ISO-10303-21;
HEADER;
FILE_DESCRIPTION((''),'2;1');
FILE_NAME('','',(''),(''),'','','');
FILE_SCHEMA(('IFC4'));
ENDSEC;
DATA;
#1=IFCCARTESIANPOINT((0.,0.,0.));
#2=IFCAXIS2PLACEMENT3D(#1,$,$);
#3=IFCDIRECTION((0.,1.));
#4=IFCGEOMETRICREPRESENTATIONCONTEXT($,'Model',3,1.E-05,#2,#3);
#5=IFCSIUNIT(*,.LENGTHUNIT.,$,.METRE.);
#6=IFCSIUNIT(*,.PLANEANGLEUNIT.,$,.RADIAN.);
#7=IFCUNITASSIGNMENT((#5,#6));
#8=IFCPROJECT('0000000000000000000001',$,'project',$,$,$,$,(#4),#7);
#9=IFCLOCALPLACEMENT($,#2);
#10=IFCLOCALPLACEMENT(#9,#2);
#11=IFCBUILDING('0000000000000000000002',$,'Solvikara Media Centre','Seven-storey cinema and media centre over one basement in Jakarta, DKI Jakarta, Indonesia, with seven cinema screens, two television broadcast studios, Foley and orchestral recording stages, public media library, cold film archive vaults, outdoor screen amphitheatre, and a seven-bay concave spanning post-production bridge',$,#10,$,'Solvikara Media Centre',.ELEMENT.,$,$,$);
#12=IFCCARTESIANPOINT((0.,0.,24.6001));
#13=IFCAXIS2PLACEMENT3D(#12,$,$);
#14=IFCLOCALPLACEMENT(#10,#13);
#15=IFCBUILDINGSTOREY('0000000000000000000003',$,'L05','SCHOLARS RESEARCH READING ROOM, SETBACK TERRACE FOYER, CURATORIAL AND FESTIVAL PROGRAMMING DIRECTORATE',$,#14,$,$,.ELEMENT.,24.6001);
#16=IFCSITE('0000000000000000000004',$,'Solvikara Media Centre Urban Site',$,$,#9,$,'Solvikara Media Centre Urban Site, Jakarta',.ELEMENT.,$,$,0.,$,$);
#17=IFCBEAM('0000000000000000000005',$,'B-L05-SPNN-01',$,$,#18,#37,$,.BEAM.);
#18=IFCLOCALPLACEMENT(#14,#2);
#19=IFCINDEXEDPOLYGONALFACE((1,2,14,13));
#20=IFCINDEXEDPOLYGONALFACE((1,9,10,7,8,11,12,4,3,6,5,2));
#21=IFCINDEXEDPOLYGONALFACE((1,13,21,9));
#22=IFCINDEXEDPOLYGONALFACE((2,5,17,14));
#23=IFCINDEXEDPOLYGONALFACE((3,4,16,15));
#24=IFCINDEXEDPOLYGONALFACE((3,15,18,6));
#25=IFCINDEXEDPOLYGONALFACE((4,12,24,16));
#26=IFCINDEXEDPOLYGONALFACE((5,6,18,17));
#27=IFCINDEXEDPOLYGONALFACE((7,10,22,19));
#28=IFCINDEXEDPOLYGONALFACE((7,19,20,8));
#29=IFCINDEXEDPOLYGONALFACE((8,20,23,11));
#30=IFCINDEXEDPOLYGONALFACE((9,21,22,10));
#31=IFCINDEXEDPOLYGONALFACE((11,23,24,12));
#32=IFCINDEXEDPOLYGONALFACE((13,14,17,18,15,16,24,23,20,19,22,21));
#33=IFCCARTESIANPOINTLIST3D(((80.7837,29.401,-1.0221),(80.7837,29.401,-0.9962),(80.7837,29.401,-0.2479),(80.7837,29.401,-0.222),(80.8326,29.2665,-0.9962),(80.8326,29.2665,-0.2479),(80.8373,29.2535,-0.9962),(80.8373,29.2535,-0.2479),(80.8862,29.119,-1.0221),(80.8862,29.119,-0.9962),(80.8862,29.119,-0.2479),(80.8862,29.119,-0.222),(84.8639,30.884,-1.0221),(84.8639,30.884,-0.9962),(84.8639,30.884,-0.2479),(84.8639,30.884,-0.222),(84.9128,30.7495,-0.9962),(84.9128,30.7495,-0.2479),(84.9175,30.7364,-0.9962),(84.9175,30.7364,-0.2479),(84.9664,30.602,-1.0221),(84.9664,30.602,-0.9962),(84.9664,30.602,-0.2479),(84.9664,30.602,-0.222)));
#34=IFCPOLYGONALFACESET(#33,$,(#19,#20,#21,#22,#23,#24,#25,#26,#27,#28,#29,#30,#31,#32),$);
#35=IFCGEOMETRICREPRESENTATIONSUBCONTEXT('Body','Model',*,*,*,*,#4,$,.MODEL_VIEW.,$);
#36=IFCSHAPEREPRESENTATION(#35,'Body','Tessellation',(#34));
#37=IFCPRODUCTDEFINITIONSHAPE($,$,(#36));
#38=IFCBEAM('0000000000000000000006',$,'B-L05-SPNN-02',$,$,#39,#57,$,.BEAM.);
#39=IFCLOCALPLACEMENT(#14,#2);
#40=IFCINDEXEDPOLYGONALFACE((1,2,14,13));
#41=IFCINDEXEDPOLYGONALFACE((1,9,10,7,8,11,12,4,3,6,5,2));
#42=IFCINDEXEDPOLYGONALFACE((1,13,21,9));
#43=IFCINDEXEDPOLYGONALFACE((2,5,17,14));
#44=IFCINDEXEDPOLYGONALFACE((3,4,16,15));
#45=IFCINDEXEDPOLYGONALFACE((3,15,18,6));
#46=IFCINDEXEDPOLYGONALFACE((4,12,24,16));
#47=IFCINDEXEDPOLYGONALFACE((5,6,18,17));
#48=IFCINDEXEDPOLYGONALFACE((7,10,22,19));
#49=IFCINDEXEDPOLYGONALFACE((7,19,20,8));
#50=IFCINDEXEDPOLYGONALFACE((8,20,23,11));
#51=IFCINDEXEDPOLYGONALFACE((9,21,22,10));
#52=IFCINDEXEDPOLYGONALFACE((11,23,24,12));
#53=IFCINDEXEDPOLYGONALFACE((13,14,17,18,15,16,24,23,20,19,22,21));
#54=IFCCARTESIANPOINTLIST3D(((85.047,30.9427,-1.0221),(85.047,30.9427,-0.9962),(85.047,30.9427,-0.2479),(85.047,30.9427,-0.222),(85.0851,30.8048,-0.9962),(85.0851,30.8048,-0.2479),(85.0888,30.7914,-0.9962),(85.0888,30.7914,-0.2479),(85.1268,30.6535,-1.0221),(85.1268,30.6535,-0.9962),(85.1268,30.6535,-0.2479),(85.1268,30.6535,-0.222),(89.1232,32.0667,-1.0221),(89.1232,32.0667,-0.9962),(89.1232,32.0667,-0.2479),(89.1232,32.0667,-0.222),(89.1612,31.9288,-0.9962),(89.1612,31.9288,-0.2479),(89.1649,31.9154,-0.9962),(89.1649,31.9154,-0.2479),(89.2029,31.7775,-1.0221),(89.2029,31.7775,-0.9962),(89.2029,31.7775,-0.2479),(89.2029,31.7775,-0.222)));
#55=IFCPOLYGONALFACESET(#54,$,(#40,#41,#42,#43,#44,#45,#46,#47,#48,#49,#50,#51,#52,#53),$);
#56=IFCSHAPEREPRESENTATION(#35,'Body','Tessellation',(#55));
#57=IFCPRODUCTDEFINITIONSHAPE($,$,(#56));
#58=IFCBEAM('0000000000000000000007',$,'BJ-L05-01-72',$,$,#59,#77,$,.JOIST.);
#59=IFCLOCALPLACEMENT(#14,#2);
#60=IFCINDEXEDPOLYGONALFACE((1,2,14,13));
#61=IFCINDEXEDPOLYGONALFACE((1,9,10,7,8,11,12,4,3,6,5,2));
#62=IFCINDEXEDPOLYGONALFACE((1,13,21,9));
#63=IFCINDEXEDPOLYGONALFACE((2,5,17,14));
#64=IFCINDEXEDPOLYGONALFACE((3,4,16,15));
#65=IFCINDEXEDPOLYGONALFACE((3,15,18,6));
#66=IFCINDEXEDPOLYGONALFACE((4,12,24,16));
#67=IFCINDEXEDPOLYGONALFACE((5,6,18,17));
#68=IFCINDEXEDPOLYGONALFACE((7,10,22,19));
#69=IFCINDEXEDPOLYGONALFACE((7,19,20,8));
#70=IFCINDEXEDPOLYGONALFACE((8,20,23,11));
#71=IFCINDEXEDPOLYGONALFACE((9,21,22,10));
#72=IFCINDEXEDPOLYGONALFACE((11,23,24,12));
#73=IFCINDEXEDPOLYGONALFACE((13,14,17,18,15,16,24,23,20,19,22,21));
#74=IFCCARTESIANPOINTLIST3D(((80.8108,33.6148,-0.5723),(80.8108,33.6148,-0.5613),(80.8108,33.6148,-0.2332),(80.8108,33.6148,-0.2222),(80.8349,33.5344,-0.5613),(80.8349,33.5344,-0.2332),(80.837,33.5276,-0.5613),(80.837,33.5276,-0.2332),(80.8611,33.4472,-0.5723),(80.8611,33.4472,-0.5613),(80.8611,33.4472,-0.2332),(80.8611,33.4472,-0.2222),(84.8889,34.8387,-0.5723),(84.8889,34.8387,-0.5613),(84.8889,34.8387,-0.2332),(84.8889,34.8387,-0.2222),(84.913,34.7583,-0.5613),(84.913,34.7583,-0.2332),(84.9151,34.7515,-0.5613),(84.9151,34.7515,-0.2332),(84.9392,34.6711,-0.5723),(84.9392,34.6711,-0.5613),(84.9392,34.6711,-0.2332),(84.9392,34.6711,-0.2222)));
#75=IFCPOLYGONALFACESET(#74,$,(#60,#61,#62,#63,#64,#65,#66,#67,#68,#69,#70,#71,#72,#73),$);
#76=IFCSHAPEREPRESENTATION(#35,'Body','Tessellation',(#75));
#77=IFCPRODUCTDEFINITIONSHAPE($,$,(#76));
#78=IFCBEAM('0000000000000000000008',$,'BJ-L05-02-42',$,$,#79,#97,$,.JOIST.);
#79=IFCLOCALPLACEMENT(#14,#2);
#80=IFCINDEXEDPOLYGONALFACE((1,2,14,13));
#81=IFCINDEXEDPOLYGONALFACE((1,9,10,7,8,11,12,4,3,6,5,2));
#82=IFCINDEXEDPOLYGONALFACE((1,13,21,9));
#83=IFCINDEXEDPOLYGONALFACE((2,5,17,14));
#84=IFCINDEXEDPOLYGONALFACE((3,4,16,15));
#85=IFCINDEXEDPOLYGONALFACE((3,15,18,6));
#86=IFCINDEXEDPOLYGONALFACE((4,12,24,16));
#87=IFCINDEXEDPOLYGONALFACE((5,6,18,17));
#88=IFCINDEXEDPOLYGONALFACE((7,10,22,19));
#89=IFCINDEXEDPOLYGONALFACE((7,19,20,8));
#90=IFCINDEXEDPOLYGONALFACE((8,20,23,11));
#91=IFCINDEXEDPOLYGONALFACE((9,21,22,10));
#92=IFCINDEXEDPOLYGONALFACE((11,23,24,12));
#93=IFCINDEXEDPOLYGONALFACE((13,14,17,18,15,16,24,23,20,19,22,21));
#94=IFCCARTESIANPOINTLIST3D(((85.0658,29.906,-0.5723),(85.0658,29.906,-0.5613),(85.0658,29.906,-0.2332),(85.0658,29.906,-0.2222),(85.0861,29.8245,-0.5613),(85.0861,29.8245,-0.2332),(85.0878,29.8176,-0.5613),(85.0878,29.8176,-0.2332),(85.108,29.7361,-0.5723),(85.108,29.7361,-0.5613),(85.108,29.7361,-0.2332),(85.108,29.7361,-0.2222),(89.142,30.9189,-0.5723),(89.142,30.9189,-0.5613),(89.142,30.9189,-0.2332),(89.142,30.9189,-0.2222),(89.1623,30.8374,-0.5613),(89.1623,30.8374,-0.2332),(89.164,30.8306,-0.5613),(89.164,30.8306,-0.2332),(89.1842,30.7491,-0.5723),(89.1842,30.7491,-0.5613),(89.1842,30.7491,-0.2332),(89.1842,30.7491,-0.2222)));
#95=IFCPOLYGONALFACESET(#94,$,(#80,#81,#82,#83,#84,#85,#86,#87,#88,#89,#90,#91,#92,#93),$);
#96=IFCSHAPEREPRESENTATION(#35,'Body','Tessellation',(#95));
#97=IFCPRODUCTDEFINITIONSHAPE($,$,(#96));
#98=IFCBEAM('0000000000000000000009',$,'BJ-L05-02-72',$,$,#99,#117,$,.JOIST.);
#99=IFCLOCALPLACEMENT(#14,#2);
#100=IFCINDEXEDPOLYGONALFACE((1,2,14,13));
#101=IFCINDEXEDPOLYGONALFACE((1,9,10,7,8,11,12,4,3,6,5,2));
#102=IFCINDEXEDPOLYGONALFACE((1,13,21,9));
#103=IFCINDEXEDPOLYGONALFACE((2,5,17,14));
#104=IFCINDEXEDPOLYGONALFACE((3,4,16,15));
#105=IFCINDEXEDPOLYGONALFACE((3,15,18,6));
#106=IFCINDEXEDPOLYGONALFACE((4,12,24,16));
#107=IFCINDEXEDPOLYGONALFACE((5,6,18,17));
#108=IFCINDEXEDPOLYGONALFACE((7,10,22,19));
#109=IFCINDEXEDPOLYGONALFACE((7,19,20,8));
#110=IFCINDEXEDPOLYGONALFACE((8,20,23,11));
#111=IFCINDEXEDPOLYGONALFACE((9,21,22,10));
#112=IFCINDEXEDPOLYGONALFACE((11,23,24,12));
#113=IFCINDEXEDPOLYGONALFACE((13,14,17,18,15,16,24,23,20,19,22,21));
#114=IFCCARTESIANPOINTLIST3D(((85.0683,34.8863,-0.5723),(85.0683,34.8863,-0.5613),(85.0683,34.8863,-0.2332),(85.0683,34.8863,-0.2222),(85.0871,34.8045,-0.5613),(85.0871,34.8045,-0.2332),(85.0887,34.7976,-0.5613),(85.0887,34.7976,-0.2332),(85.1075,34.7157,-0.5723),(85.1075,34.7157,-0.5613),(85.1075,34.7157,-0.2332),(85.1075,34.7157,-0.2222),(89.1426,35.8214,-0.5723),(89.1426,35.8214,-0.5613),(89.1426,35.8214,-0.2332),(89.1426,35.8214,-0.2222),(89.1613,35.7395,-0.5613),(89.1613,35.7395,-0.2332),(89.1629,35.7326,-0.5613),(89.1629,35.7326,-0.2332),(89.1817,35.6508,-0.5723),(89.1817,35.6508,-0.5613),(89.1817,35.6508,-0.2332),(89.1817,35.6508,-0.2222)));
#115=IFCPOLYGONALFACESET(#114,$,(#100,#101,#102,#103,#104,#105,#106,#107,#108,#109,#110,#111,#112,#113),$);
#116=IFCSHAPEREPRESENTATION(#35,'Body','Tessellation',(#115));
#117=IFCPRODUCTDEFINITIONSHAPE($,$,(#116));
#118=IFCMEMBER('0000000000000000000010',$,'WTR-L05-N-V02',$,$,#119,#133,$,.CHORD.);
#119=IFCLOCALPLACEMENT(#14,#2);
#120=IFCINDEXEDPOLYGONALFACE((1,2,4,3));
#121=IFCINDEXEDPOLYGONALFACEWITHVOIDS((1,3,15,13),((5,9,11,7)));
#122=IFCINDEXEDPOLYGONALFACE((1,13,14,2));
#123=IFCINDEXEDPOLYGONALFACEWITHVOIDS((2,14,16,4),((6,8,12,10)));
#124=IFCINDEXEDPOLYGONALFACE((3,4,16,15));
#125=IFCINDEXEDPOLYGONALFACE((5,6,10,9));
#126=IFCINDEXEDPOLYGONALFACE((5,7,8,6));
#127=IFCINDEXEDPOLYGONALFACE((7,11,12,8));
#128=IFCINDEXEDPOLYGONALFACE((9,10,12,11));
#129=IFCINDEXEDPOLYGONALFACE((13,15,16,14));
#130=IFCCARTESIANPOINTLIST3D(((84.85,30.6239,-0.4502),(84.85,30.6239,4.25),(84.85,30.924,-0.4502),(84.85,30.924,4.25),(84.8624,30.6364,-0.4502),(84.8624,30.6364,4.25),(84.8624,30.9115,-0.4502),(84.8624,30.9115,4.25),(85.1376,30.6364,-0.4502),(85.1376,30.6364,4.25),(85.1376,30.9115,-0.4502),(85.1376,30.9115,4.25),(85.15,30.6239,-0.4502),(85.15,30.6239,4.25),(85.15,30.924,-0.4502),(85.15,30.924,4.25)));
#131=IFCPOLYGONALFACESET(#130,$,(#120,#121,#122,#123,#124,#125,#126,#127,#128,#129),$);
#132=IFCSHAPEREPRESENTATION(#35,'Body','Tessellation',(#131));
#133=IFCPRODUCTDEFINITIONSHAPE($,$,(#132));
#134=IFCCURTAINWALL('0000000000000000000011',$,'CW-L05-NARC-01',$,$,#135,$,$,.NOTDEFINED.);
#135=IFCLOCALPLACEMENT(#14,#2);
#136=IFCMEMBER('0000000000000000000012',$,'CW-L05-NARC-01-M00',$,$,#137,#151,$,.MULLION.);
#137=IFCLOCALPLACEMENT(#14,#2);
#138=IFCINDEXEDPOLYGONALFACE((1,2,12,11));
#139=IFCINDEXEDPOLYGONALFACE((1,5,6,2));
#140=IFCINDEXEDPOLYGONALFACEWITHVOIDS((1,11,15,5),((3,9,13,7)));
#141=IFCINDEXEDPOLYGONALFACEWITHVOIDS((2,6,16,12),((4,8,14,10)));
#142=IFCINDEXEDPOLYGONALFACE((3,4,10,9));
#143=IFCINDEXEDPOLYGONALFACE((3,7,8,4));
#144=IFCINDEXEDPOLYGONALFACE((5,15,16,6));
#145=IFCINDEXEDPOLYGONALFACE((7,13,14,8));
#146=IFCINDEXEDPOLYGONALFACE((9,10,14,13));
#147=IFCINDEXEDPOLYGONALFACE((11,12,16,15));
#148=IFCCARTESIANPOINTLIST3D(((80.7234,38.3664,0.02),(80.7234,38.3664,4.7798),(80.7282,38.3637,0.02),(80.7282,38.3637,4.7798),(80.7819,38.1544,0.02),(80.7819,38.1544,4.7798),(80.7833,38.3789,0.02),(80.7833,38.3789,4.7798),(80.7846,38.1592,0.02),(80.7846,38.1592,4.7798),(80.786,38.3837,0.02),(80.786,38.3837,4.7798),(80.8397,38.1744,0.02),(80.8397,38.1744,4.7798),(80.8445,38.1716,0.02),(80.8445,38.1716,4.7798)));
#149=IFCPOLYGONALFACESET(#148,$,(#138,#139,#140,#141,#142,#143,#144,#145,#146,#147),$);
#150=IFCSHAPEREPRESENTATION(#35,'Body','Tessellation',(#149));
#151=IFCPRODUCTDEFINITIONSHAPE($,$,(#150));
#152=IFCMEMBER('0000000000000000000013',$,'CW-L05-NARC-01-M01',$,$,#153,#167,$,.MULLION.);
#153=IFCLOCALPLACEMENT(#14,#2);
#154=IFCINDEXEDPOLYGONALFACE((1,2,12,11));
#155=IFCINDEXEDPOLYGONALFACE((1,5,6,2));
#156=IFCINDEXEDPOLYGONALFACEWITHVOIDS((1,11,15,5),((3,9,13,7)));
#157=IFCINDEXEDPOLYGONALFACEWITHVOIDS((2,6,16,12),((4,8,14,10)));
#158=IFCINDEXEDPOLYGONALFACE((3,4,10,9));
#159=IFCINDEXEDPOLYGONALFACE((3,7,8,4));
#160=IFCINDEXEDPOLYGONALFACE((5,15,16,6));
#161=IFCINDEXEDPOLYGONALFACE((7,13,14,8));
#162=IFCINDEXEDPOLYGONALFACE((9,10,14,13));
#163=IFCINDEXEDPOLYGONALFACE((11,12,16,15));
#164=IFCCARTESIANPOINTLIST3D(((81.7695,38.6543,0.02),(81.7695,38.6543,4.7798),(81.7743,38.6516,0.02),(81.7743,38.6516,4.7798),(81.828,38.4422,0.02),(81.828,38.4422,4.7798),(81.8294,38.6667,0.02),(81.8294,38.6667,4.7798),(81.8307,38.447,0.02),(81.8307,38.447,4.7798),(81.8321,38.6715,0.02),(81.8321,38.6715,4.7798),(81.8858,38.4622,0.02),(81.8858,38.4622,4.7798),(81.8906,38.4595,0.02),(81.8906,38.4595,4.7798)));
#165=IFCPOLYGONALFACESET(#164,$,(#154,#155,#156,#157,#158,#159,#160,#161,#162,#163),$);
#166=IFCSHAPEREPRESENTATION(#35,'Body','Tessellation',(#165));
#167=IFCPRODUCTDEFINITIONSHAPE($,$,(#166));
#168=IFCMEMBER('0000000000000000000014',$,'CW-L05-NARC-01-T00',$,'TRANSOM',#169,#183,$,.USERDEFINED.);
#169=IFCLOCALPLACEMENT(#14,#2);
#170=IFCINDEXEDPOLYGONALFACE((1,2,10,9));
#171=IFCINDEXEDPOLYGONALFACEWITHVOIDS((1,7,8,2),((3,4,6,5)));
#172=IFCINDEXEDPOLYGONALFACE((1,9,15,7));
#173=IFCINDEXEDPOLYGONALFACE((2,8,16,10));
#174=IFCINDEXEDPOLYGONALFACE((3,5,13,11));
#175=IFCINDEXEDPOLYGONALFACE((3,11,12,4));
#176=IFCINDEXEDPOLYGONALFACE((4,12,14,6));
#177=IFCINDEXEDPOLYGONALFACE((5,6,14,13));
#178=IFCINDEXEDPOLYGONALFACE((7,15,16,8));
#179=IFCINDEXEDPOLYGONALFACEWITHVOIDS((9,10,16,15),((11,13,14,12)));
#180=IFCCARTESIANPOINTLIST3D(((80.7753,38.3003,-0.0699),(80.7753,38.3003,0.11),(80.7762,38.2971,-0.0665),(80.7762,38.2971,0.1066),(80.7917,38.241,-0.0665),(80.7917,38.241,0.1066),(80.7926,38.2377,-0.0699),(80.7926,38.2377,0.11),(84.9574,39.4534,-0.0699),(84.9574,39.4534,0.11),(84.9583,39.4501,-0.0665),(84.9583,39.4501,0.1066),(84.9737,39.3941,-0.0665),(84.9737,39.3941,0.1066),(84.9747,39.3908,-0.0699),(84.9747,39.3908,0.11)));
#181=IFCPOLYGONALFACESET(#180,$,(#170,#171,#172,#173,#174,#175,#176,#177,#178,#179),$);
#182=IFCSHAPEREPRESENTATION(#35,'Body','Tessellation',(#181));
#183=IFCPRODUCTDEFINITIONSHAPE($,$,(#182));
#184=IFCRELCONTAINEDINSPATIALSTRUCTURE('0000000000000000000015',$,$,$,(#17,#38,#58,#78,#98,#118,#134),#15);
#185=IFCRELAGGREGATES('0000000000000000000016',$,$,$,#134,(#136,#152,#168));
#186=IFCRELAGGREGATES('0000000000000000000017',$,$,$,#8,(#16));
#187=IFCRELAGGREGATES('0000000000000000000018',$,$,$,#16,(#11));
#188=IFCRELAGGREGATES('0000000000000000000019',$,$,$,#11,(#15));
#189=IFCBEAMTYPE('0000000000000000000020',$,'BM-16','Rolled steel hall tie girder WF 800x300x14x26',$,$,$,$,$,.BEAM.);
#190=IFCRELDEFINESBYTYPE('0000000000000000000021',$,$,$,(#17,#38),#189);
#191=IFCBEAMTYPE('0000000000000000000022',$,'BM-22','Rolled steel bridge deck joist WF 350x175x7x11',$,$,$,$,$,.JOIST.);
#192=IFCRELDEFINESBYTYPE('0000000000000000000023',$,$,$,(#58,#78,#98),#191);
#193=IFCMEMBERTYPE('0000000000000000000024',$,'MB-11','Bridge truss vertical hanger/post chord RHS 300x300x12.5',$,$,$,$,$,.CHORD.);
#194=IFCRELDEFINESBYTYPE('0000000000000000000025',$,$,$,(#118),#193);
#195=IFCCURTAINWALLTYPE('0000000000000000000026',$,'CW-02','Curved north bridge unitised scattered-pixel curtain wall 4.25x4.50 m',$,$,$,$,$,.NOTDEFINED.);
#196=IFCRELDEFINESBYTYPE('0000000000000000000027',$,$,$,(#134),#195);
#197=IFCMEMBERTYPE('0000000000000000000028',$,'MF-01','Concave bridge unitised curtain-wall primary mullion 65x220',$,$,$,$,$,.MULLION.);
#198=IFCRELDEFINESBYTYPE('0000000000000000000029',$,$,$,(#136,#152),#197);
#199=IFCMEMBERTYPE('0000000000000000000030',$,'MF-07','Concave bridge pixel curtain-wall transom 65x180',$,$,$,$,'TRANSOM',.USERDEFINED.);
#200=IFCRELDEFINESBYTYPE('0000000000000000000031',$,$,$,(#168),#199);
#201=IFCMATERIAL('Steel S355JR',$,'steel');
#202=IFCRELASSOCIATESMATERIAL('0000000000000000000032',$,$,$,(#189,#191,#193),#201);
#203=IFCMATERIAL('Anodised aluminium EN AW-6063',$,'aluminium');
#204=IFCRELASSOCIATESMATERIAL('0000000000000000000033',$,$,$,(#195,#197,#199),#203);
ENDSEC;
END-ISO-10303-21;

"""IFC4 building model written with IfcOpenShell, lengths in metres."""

from ifc_helpers import new_model, si_unit, direction, frame, origin, origin_2d, place, context, subcontext, project, spatial, hollow_rectangle, i_section, extrude, material, material_profile, profile_set, type_object, element, aggregate, save


model = new_model("IFC4")

# Units and contexts
model_context = context("Model", 3, precision=1e-05, world=origin(), true_north=direction((0.0, 1.0)))
body_context = subcontext(model_context, "Body", "Model", "MODEL_VIEW")
ifc_project = project(units=[si_unit("LENGTHUNIT", "METRE"), si_unit("PLANEANGLEUNIT", "RADIAN")], contexts=[model_context])

# Site, building, storey
site_placement = place(None, origin())
site = spatial("IfcSite", under=ifc_project, at=site_placement, Name="Solvikara Media Centre Urban Site", LongName="Solvikara Media Centre Urban Site, Jakarta", CompositionType="ELEMENT", RefElevation=0.0)
building_placement = place(site_placement, origin())
building = spatial("IfcBuilding", under=site, at=building_placement, Name="Solvikara Media Centre", Description="Seven-storey cinema and media centre over one basement in Jakarta, DKI Jakarta, Indonesia, with seven cinema screens, two television broadcast studios, Foley and orchestral recording stages, public media library, cold film archive vaults, outdoor screen amphitheatre, and a seven-bay concave spanning post-production bridge", LongName="Solvikara Media Centre", CompositionType="ELEMENT")
storey_placement = place(building_placement, frame((0.0, 0.0, 24.6001)))
storey = spatial("IfcBuildingStorey", under=building, at=storey_placement, Name="L05", Description="SCHOLARS RESEARCH READING ROOM, SETBACK TERRACE FOYER, CURATORIAL AND FESTIVAL PROGRAMMING DIRECTORATE", CompositionType="ELEMENT", Elevation=24.6001)

# Beams
ifc_material_1 = material(Name="Steel S355JR", Category="steel")
ifc_material_profile_1 = material_profile(ifc_material_1, i_section(OverallWidth=0.3, OverallDepth=0.8, WebThickness=0.0139, FlangeThickness=0.0259, at=origin_2d()), Name="WF 800x300x14x26")
ifc_profile_set_1 = profile_set([ifc_material_profile_1], Name="Steel S355JR")
beam_type_1 = type_object("IfcBeamType", Name="BM-16", Description="Rolled steel hall tie girder WF 800x300x14x26", PredefinedType="BEAM", material=ifc_profile_set_1)
beam_1_placement = place(storey_placement, frame((80.835, 29.26, -0.6221), z_axis=(0.939849, 0.34159, 0.0), x_axis=(-0.34159, 0.939849, 0.0)))
element("IfcBeam", 1, at=beam_1_placement, inside=storey, type_object=beam_type_1, Name="B-L05-SPNN-01", PredefinedType="BEAM", context=body_context, shape_type="SweptSolid", body=[
    extrude(i_section(OverallWidth=0.3, OverallDepth=0.8, WebThickness=0.0139, FlangeThickness=0.0259, at=origin_2d()), origin(), (0.0, 0.0, 1.0), 4.3413),
])
beam_2_placement = place(storey_placement, frame((85.0869, 30.7981, -0.6221), z_axis=(0.964019, 0.265833, 0.0), x_axis=(-0.265833, 0.964019, 0.0)))
element("IfcBeam", 2, at=beam_2_placement, inside=storey, type_object=beam_type_1, Name="B-L05-SPNN-02", PredefinedType="BEAM", context=body_context, shape_type="SweptSolid", body=[
    extrude(i_section(OverallWidth=0.3, OverallDepth=0.8, WebThickness=0.0139, FlangeThickness=0.0259, at=origin_2d()), origin(), (0.0, 0.0, 1.0), 4.2283),
])
ifc_material_profile_2 = material_profile(ifc_material_1, i_section(OverallWidth=0.175, OverallDepth=0.3501, WebThickness=0.0071, FlangeThickness=0.011, at=origin_2d()), Name="WF 350x175x7x11")
ifc_profile_set_2 = profile_set([ifc_material_profile_2], Name="Steel S355JR")
beam_type_2 = type_object("IfcBeamType", Name="BM-22", Description="Rolled steel bridge deck joist WF 350x175x7x11", PredefinedType="JOIST", material=ifc_profile_set_2)
beam_3_placement = place(storey_placement, frame((80.8359, 33.531, -0.3972), z_axis=(0.957798, 0.287443, 0.0), x_axis=(-0.287443, 0.957798, 0.0)))
element("IfcBeam", 3, at=beam_3_placement, inside=storey, type_object=beam_type_2, Name="BJ-L05-01-72", PredefinedType="JOIST", context=body_context, shape_type="SweptSolid", body=[
    extrude(i_section(OverallWidth=0.175, OverallDepth=0.3501, WebThickness=0.0071, FlangeThickness=0.011, at=origin_2d()), origin(), (0.0, 0.0, 1.0), 4.2578),
])
beam_4_placement = place(storey_placement, frame((85.0869, 29.821, -0.3972), z_axis=(0.970483, 0.241168, 0.0), x_axis=(-0.241168, 0.970483, 0.0)))
element("IfcBeam", 4, at=beam_4_placement, inside=storey, type_object=beam_type_2, Name="BJ-L05-02-42", PredefinedType="JOIST", context=body_context, shape_type="SweptSolid", body=[
    extrude(i_section(OverallWidth=0.175, OverallDepth=0.3501, WebThickness=0.0071, FlangeThickness=0.011, at=origin_2d()), origin(), (0.0, 0.0, 1.0), 4.2002),
])
beam_5_placement = place(storey_placement, frame((85.0879, 34.801, -0.3972), z_axis=(0.97466, 0.223691, 0.0), x_axis=(-0.223691, 0.97466, 0.0)))
element("IfcBeam", 5, at=beam_5_placement, inside=storey, type_object=beam_type_2, Name="BJ-L05-02-72", PredefinedType="JOIST", context=body_context, shape_type="SweptSolid", body=[
    extrude(i_section(OverallWidth=0.175, OverallDepth=0.3501, WebThickness=0.0071, FlangeThickness=0.011, at=origin_2d()), origin(), (0.0, 0.0, 1.0), 4.1802),
])

# Member
ifc_material_profile_3 = material_profile(ifc_material_1, hollow_rectangle(XDim=0.3, YDim=0.3, WallThickness=0.0125, at=origin_2d()), Name="RHS 300x300x12.5")
ifc_profile_set_3 = profile_set([ifc_material_profile_3], Name="Steel S355JR")
member_type_1 = type_object("IfcMemberType", Name="MB-11", Description="Bridge truss vertical hanger/post chord RHS 300x300x12.5", PredefinedType="CHORD", material=ifc_profile_set_3)
member_1_placement = place(storey_placement, frame((85.0, 30.7739, -0.4502), z_axis=(0.0, 0.0, 1.0), x_axis=(1.0, 0.0, 0.0)))
element("IfcMember", 6, at=member_1_placement, inside=storey, type_object=member_type_1, Name="WTR-L05-N-V02", PredefinedType="CHORD", context=body_context, shape_type="SweptSolid", body=[
    extrude(hollow_rectangle(XDim=0.3, YDim=0.3, WallThickness=0.0125, at=origin_2d()), origin(), (0.0, 0.0, 1.0), 4.7002),
])

# Curtain wall, members
ifc_material_2 = material(Name="Anodised aluminium EN AW-6063", Category="aluminium")
curtain_wall_type = type_object("IfcCurtainWallType", Name="CW-02", Description="Curved north bridge unitised scattered-pixel curtain wall 4.25x4.50 m", PredefinedType="NOTDEFINED", material=ifc_material_2)
curtain_wall_placement = place(storey_placement, origin())
curtain_wall = element("IfcCurtainWall", 7, at=curtain_wall_placement, inside=storey, type_object=curtain_wall_type, Name="CW-L05-NARC-01", PredefinedType="NOTDEFINED")
ifc_material_profile_4 = material_profile(ifc_material_2, hollow_rectangle(XDim=0.0649, YDim=0.22, WallThickness=0.0039, at=origin_2d()), Name="ALU-M 65x220x4")
ifc_profile_set_4 = profile_set([ifc_material_profile_4], Name="Anodised aluminium EN AW-6063")
member_type_2 = type_object("IfcMemberType", Name="MF-01", Description="Concave bridge unitised curtain-wall primary mullion 65x220", PredefinedType="MULLION", material=ifc_profile_set_4)
member_2_placement = place(storey_placement, frame((80.7839, 38.269, 0.02), z_axis=(0.0, 0.0, 1.0), x_axis=(0.96403, 0.265792, 0.0)))
member_2 = element("IfcMember", 8, at=member_2_placement, type_object=member_type_2, Name="CW-L05-NARC-01-M00", PredefinedType="MULLION", context=body_context, shape_type="SweptSolid", body=[
    extrude(hollow_rectangle(XDim=0.0649, YDim=0.22, WallThickness=0.0039, at=origin_2d()), origin(), (0.0, 0.0, 1.0), 4.7598),
])
member_3_placement = place(storey_placement, frame((81.8301, 38.5569, 0.02), z_axis=(0.0, 0.0, 1.0), x_axis=(0.96403, 0.265792, 0.0)))
member_3 = element("IfcMember", 9, at=member_3_placement, type_object=member_type_2, Name="CW-L05-NARC-01-M01", PredefinedType="MULLION", context=body_context, shape_type="SweptSolid", body=[
    extrude(hollow_rectangle(XDim=0.0649, YDim=0.22, WallThickness=0.0039, at=origin_2d()), origin(), (0.0, 0.0, 1.0), 4.7598),
])
ifc_material_profile_5 = material_profile(ifc_material_2, hollow_rectangle(XDim=0.0649, YDim=0.1799, WallThickness=0.0034, at=origin_2d()), Name="ALU-T 65x180x3.5")
ifc_profile_set_5 = profile_set([ifc_material_profile_5], Name="Anodised aluminium EN AW-6063")
member_type_3 = type_object("IfcMemberType", Name="MF-07", Description="Concave bridge pixel curtain-wall transom 65x180", ElementType="TRANSOM", PredefinedType="USERDEFINED", material=ifc_profile_set_5)
member_4_placement = place(storey_placement, frame((80.7839, 38.269, 0.02), z_axis=(0.964029, 0.265797, 0.0), x_axis=(-0.265797, 0.964029, 0.0)))
member_4 = element("IfcMember", 10, at=member_4_placement, type_object=member_type_3, Name="CW-L05-NARC-01-T00", ObjectType="TRANSOM", PredefinedType="USERDEFINED", context=body_context, shape_type="SweptSolid", body=[
    extrude(hollow_rectangle(XDim=0.0649, YDim=0.1799, WallThickness=0.0034, at=origin_2d()), origin(), (0.0, 0.0, 1.0), 4.3381),
])

aggregate(curtain_wall, [member_2, member_3, member_4])

save(model, "model.ifc")
